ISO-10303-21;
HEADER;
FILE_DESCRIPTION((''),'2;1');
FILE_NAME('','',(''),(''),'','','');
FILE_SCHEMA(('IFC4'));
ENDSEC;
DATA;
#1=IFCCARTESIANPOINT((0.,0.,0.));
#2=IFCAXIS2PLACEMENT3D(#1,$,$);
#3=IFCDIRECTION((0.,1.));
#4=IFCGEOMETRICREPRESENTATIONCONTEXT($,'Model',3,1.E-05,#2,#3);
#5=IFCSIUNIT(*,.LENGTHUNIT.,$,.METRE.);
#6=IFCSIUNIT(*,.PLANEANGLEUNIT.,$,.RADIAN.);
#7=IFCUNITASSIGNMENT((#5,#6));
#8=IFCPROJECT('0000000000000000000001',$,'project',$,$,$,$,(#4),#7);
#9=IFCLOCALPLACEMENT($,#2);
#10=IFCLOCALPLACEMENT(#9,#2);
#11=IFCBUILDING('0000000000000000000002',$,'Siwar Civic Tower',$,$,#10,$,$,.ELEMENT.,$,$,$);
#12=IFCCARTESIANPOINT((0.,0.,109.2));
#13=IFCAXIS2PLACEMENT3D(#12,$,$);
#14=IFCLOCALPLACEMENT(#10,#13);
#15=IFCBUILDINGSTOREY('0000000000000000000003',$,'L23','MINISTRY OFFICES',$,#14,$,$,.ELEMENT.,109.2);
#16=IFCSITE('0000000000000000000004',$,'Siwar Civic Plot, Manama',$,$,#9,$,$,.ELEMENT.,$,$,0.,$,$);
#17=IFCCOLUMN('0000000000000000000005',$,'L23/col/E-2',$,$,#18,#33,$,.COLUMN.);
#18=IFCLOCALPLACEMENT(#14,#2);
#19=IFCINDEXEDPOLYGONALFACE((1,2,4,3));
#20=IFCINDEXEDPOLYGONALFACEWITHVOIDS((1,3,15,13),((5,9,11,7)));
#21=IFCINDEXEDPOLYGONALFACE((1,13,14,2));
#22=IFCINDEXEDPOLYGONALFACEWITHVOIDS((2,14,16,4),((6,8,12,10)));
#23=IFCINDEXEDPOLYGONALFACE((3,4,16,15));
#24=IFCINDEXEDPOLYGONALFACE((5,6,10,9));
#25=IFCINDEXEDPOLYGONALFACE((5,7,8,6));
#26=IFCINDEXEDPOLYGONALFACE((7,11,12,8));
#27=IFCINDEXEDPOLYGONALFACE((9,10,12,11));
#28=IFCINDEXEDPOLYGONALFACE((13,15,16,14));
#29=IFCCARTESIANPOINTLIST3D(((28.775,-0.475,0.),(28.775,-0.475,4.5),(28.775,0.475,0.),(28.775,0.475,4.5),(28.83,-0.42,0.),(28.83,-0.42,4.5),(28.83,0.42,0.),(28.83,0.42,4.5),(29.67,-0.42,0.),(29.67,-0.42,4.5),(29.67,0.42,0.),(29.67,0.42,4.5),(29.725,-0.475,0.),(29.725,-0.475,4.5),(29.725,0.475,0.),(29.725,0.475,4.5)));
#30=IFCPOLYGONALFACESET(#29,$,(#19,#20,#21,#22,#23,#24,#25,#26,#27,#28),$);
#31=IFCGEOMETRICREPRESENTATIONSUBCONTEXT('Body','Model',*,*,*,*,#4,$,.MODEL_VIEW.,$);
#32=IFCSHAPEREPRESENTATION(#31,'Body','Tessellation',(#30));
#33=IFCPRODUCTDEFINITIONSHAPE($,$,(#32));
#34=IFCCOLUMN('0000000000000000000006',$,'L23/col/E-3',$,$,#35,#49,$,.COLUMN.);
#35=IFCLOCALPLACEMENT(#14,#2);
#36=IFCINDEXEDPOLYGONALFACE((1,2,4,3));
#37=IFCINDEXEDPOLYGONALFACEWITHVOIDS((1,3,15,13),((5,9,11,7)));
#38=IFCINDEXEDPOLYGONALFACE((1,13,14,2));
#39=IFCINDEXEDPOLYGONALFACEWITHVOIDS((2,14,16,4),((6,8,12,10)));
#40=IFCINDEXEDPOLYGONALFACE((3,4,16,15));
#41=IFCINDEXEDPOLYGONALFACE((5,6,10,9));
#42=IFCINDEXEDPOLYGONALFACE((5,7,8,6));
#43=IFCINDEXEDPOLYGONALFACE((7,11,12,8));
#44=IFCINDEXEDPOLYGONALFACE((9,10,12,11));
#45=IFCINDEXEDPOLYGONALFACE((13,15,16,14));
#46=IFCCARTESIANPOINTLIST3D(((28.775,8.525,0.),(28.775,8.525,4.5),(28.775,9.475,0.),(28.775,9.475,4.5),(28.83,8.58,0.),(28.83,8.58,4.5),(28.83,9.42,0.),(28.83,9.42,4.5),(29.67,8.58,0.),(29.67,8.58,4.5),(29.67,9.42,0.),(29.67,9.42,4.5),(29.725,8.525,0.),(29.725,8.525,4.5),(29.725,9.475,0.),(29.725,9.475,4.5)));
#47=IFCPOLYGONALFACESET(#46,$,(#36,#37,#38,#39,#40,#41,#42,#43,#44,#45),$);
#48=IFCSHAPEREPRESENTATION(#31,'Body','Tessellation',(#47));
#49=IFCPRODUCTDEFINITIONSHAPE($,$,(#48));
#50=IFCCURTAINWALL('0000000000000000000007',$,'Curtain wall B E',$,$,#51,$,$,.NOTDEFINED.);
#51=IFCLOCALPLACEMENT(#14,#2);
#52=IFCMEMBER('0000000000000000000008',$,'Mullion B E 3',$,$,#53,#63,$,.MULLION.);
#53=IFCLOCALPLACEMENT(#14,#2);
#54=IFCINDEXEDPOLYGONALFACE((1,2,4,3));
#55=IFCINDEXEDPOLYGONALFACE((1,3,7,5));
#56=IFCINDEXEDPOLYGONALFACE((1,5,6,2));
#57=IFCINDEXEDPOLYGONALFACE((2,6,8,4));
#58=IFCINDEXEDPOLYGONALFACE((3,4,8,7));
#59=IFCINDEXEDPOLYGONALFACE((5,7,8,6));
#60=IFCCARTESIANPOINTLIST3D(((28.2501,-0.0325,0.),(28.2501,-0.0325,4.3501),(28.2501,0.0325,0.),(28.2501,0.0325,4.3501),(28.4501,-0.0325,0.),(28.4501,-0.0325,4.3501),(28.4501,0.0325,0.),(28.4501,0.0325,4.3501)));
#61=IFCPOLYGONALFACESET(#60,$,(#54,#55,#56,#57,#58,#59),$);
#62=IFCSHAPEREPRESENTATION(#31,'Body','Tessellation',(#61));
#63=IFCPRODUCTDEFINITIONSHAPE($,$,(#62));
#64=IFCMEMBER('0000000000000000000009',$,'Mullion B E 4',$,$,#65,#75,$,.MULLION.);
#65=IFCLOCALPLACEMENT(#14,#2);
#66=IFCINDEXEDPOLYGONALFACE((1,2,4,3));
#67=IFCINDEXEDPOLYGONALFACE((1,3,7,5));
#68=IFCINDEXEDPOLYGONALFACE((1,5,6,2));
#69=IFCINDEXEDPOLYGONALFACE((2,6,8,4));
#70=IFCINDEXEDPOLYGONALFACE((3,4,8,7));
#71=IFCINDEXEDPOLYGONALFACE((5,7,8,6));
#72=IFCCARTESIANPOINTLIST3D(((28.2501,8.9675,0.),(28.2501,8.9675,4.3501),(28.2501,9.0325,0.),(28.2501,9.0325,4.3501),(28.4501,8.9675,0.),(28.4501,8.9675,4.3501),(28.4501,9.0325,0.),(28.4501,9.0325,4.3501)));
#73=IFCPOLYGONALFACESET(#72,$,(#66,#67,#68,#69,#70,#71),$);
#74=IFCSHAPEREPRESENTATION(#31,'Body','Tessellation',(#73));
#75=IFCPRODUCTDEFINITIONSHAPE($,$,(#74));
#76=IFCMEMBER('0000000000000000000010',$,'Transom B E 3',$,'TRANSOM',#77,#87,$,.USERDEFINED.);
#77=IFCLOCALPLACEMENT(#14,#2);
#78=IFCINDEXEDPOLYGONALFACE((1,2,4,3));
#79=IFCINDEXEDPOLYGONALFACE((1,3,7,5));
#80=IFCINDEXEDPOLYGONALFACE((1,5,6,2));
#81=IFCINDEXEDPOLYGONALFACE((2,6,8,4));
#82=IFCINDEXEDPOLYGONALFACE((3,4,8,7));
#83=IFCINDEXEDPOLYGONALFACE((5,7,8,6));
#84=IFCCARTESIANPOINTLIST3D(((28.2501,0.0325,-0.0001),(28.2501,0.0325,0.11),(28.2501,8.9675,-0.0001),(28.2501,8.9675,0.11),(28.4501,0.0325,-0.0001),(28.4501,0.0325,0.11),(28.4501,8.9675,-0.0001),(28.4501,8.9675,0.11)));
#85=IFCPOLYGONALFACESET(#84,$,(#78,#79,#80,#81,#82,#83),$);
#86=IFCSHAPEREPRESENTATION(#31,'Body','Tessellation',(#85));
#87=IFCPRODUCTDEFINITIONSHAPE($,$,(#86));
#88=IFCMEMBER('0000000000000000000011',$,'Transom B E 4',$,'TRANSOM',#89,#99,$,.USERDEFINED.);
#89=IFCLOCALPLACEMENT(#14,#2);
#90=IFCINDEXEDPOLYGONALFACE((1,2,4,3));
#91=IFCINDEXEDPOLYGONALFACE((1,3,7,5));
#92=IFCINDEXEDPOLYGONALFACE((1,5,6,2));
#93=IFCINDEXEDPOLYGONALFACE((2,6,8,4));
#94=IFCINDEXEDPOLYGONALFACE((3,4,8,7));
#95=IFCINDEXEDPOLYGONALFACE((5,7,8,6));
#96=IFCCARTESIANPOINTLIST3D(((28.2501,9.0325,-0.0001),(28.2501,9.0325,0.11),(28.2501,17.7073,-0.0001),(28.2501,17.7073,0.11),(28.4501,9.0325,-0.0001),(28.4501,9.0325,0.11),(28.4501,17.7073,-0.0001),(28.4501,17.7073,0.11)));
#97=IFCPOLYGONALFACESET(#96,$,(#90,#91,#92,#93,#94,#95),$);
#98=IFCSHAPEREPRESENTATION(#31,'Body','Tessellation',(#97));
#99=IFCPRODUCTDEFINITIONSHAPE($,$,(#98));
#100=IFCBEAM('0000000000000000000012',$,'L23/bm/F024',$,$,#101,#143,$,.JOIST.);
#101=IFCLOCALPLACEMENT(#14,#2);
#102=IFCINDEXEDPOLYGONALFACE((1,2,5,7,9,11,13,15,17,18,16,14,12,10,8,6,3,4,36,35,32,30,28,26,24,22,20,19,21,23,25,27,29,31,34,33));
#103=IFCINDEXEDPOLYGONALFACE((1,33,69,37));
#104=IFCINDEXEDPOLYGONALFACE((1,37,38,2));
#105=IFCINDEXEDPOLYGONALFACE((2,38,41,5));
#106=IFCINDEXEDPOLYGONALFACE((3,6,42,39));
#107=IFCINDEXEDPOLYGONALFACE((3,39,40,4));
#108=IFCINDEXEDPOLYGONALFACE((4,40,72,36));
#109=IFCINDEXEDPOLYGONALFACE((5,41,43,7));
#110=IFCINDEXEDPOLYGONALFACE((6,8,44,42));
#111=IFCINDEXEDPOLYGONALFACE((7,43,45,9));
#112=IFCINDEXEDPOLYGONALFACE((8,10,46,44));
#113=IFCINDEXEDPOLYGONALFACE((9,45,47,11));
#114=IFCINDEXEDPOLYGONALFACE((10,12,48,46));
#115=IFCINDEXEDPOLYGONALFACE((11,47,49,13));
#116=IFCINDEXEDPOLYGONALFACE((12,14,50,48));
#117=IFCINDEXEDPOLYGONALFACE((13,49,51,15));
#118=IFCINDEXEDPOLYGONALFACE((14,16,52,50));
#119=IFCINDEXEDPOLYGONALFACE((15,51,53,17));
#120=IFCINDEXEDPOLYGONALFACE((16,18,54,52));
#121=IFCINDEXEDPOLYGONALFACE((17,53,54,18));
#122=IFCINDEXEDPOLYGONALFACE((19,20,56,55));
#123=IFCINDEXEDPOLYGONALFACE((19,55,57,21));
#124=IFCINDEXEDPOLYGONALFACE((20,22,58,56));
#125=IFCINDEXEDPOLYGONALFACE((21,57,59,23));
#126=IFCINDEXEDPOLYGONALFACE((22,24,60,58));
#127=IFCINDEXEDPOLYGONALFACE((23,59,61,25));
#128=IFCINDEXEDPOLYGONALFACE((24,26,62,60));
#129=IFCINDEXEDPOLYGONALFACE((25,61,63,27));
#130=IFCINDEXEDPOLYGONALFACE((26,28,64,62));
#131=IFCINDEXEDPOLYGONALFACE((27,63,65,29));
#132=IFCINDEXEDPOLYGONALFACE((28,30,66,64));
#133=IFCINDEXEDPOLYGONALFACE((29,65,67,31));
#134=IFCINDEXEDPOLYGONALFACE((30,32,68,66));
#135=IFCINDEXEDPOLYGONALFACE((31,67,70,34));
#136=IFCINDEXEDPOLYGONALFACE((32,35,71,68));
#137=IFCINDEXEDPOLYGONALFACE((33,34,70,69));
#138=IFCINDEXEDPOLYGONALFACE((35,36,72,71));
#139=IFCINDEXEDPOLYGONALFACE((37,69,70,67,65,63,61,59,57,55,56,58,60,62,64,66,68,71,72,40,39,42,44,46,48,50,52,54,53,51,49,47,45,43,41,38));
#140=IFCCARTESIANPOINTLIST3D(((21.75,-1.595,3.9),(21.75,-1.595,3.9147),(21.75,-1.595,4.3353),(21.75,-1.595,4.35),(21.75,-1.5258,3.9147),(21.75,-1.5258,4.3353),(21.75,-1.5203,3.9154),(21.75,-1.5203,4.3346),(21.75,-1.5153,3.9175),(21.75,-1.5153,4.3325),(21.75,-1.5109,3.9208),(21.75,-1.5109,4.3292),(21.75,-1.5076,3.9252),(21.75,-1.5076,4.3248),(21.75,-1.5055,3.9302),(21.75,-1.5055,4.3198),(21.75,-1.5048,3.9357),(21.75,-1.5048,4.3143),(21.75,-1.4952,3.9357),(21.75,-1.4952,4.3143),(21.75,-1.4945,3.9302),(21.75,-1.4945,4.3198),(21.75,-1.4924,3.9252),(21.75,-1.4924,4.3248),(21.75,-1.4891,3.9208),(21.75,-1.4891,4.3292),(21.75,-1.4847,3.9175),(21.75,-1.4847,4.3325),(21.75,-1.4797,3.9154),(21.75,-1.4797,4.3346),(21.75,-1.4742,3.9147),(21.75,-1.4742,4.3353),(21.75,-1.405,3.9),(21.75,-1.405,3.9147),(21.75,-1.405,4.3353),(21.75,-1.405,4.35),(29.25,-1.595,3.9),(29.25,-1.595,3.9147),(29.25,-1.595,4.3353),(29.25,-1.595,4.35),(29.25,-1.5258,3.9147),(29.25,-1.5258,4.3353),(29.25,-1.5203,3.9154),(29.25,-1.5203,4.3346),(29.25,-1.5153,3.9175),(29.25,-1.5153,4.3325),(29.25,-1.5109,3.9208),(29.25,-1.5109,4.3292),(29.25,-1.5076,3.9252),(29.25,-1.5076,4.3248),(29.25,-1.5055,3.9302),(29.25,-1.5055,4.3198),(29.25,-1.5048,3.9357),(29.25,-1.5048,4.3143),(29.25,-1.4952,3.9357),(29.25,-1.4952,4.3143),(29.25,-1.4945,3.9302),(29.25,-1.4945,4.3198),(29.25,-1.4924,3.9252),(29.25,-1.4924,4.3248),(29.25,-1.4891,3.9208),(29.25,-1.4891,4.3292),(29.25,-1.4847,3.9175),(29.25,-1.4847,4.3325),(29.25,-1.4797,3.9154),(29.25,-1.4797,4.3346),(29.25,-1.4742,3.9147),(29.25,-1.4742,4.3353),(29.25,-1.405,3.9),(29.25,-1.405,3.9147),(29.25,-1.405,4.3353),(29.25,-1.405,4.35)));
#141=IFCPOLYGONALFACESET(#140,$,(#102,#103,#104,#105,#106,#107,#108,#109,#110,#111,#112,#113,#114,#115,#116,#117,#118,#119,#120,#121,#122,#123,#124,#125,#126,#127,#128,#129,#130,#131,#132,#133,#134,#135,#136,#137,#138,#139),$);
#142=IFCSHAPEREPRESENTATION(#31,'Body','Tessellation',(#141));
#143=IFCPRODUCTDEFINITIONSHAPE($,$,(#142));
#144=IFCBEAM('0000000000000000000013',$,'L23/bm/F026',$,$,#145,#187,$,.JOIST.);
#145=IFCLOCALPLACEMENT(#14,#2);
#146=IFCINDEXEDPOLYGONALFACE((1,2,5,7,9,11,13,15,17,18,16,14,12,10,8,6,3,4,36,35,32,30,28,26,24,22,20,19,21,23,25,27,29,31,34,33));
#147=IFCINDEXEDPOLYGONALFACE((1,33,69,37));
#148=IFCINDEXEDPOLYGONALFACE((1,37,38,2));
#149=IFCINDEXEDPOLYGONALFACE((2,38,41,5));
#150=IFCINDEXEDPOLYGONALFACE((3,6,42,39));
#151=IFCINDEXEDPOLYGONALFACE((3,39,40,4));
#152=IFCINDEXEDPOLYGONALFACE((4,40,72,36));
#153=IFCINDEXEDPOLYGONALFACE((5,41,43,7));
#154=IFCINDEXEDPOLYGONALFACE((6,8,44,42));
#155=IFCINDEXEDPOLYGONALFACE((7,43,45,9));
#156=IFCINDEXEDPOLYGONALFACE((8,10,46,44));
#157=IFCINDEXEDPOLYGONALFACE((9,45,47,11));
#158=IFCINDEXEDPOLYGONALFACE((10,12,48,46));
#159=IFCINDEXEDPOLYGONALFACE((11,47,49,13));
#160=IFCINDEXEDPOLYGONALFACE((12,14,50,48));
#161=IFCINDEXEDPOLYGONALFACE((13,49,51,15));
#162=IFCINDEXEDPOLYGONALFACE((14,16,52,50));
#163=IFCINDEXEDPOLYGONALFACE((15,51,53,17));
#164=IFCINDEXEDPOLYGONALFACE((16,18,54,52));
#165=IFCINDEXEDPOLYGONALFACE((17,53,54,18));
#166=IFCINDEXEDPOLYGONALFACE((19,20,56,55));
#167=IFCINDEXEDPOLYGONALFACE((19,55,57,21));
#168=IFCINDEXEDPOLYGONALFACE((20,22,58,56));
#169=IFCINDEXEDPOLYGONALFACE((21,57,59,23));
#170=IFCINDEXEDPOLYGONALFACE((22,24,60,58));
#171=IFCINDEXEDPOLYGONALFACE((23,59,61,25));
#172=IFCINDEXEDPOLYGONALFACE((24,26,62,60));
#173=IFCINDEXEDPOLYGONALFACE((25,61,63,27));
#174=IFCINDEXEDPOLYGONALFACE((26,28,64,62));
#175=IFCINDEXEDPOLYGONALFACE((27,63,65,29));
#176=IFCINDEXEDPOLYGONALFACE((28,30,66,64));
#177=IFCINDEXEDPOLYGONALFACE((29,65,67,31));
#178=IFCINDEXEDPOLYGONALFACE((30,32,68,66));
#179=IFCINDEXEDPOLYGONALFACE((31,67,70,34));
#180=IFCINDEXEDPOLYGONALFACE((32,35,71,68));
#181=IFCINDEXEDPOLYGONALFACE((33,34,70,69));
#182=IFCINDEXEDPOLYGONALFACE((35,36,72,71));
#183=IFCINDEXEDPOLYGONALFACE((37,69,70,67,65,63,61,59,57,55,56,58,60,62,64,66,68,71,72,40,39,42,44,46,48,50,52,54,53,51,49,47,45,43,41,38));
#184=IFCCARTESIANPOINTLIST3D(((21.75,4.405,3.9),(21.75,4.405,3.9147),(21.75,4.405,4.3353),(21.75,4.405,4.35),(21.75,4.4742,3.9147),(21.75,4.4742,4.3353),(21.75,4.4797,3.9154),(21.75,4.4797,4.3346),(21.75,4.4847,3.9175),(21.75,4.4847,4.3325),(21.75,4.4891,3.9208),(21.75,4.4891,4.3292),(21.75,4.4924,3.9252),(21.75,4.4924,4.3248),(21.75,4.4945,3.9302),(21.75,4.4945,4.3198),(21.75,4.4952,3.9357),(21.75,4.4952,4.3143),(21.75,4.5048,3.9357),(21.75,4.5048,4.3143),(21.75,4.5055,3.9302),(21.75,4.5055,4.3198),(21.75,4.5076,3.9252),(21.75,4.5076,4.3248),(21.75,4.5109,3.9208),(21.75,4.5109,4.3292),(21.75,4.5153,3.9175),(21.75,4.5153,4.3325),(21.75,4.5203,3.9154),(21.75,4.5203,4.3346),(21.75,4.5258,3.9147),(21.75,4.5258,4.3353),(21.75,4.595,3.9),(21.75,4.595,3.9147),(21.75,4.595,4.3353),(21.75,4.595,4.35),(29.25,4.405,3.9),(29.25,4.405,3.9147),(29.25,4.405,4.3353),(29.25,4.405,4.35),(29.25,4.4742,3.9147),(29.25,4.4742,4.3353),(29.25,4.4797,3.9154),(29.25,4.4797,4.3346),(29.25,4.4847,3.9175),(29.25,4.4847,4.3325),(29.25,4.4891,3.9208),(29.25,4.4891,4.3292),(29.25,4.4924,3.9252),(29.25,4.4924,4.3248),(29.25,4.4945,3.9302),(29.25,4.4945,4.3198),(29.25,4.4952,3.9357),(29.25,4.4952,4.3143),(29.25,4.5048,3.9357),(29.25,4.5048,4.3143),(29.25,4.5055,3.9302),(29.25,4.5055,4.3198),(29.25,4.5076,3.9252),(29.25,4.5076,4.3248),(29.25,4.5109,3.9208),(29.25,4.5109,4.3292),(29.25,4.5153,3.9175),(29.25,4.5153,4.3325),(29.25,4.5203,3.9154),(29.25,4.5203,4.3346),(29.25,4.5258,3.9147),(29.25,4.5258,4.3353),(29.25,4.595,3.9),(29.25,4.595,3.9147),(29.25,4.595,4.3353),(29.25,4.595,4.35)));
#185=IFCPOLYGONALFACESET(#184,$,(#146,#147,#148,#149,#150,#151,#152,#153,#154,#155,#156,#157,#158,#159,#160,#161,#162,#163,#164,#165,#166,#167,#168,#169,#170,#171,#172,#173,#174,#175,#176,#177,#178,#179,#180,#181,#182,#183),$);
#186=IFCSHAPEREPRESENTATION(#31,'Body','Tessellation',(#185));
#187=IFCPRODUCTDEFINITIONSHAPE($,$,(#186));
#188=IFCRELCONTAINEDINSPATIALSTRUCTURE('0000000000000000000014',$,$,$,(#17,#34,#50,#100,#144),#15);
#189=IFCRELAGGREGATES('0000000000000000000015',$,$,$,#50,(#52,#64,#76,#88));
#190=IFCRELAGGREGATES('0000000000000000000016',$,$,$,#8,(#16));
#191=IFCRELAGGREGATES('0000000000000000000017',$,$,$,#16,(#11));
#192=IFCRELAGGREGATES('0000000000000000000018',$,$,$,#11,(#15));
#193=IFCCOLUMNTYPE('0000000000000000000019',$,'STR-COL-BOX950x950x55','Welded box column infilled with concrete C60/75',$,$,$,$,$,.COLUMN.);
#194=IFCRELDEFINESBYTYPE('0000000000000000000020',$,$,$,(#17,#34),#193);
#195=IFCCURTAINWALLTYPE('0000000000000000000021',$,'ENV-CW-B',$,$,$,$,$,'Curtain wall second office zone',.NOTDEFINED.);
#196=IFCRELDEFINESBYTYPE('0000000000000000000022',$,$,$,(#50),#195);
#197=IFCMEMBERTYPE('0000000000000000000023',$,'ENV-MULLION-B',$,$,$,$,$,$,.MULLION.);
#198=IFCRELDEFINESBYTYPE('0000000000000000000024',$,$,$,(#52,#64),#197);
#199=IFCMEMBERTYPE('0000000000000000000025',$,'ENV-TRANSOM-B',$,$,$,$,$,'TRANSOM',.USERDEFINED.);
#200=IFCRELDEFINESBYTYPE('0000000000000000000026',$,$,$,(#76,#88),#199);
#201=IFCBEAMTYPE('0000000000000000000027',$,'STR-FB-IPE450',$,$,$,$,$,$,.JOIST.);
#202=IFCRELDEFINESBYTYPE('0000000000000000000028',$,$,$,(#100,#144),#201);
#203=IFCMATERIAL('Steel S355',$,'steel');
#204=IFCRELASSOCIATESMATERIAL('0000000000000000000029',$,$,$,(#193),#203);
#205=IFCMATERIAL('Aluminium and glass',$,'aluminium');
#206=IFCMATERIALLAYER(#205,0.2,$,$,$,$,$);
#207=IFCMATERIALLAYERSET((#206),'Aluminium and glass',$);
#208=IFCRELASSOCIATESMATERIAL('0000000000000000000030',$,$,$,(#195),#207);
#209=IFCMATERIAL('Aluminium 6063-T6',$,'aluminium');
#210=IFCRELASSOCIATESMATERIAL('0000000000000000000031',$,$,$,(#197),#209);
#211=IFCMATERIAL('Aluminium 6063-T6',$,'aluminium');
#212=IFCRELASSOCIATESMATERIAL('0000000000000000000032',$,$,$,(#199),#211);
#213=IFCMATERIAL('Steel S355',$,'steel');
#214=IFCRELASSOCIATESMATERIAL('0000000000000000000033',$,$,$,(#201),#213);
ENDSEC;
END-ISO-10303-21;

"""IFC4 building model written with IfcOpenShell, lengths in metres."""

from ifc_helpers import new_model, si_unit, direction, frame, origin, origin_2d, place, context, subcontext, project, spatial, rectangle, hollow_rectangle, i_section, extrude, material, layer, layer_set, material_profile, profile_set, type_object, element, aggregate, save


model = new_model("IFC4")

# Units and contexts
model_context = context("Model", 3, precision=1e-05, world=origin(), true_north=direction((0.0, 1.0)))
body_context = subcontext(model_context, "Body", "Model", "MODEL_VIEW")
ifc_project = project(units=[si_unit("LENGTHUNIT", "METRE"), si_unit("PLANEANGLEUNIT", "RADIAN")], contexts=[model_context])

# Site, building, storey
site_placement = place(None, origin())
site = spatial("IfcSite", under=ifc_project, at=site_placement, Name="Siwar Civic Plot, Manama", CompositionType="ELEMENT", RefElevation=0.0)
building_placement = place(site_placement, origin())
building = spatial("IfcBuilding", under=site, at=building_placement, Name="Siwar Civic Tower", CompositionType="ELEMENT")
storey_placement = place(building_placement, frame((0.0, 0.0, 109.2)))
storey = spatial("IfcBuildingStorey", under=building, at=storey_placement, Name="L23", Description="MINISTRY OFFICES", CompositionType="ELEMENT", Elevation=109.2)

# Columns
ifc_material_1 = material(Name="Steel S355", Category="steel")
ifc_material_profile_1 = material_profile(ifc_material_1, hollow_rectangle(XDim=0.95, YDim=0.95, WallThickness=0.0549, at=origin_2d()), Name="BOX950x950x55")
ifc_profile_set_1 = profile_set([ifc_material_profile_1], Name="Steel S355")
column_type = type_object("IfcColumnType", Name="STR-COL-BOX950x950x55", Description="Welded box column infilled with concrete C60/75", PredefinedType="COLUMN", material=ifc_profile_set_1)
for number, where, z_axis, x_axis, name in (
    (1, (29.25, 0.0, 0.0), (0.0, 0.0, 1.0), (1.0, 0.0, 0.0), "L23/col/E-2"),
    (2, (29.25, 9.0, 0.0), (0.0, 0.0, 1.0), (1.0, 0.0, 0.0), "L23/col/E-3"),
):
    element("IfcColumn", number, at=place(storey_placement, frame(where, z_axis=z_axis, x_axis=x_axis)), inside=storey, type_object=column_type, Name=name, PredefinedType="COLUMN", context=body_context, shape_type="SweptSolid", body=[
        extrude(hollow_rectangle(XDim=0.95, YDim=0.95, WallThickness=0.0549, at=origin_2d()), origin(), (0.0, 0.0, 1.0), 4.5),
    ])

# Curtain wall, members
ifc_material_2 = material(Name="Aluminium and glass", Category="aluminium")
ifc_layer_1 = layer(ifc_material_2, 0.2)
ifc_layer_set_1 = layer_set([ifc_layer_1], Name="Aluminium and glass")
curtain_wall_type = type_object("IfcCurtainWallType", Name="ENV-CW-B", ElementType="Curtain wall second office zone", PredefinedType="NOTDEFINED", material=ifc_layer_set_1)
curtain_wall_placement = place(storey_placement, origin())
curtain_wall = element("IfcCurtainWall", 3, at=curtain_wall_placement, inside=storey, type_object=curtain_wall_type, Name="Curtain wall B E", PredefinedType="NOTDEFINED")
ifc_material_3 = material(Name="Aluminium 6063-T6", Category="aluminium")
ifc_material_profile_2 = material_profile(ifc_material_3, rectangle(XDim=0.2, YDim=0.0649, at=origin_2d()), Name="AL 200x65")
ifc_profile_set_2 = profile_set([ifc_material_profile_2], Name="Aluminium 6063-T6")
member_type_1 = type_object("IfcMemberType", Name="ENV-MULLION-B", PredefinedType="MULLION", material=ifc_profile_set_2)
member_1_placement = place(storey_placement, frame((28.3501, 0.0, 0.0), z_axis=(0.0, 0.0, 1.0), x_axis=(-1.0, 0.0, 0.0)))
member_1 = element("IfcMember", 4, at=member_1_placement, type_object=member_type_1, Name="Mullion B E 3", PredefinedType="MULLION", context=body_context, shape_type="SweptSolid", body=[
    extrude(rectangle(XDim=0.2, YDim=0.0649, at=origin_2d()), origin(), (0.0, 0.0, 1.0), 4.3501),
])
member_2_placement = place(storey_placement, frame((28.3501, 9.0, 0.0), z_axis=(0.0, 0.0, 1.0), x_axis=(-1.0, 0.0, 0.0)))
member_2 = element("IfcMember", 5, at=member_2_placement, type_object=member_type_1, Name="Mullion B E 4", PredefinedType="MULLION", context=body_context, shape_type="SweptSolid", body=[
    extrude(rectangle(XDim=0.2, YDim=0.0649, at=origin_2d()), origin(), (0.0, 0.0, 1.0), 4.3501),
])
ifc_material_4 = material(Name="Aluminium 6063-T6", Category="aluminium")
ifc_material_profile_3 = material_profile(ifc_material_4, rectangle(XDim=0.2, YDim=0.1101, at=origin_2d()), Name="AL 200x110")
ifc_profile_set_3 = profile_set([ifc_material_profile_3], Name="Aluminium 6063-T6")
member_type_2 = type_object("IfcMemberType", Name="ENV-TRANSOM-B", ElementType="TRANSOM", PredefinedType="USERDEFINED", material=ifc_profile_set_3)
member_3_placement = place(storey_placement, frame((28.3501, 0.0325, 0.0549), z_axis=(0.0, 1.0, 0.0), x_axis=(-1.0, 0.0, 0.0)))
member_3 = element("IfcMember", 6, at=member_3_placement, type_object=member_type_2, Name="Transom B E 3", ObjectType="TRANSOM", PredefinedType="USERDEFINED", context=body_context, shape_type="SweptSolid", body=[
    extrude(rectangle(XDim=0.2, YDim=0.1101, at=origin_2d()), origin(), (0.0, 0.0, 1.0), 8.9351),
])
member_4_placement = place(storey_placement, frame((28.3501, 9.0325, 0.0549), z_axis=(0.0, 1.0, 0.0), x_axis=(-1.0, 0.0, 0.0)))
member_4 = element("IfcMember", 7, at=member_4_placement, type_object=member_type_2, Name="Transom B E 4", ObjectType="TRANSOM", PredefinedType="USERDEFINED", context=body_context, shape_type="SweptSolid", body=[
    extrude(rectangle(XDim=0.2, YDim=0.1101, at=origin_2d()), origin(), (0.0, 0.0, 1.0), 8.6748),
])

# Beams
ifc_material_5 = material(Name="Steel S355", Category="steel")
ifc_material_profile_4 = material_profile(ifc_material_5, i_section(OverallWidth=0.1899, OverallDepth=0.45, WebThickness=0.0095, FlangeThickness=0.0146, FilletRadius=0.021, at=origin_2d()), Name="IPE450")
ifc_profile_set_4 = profile_set([ifc_material_profile_4], Name="Steel S355")
beam_type_1 = type_object("IfcBeamType", Name="STR-FB-IPE450", PredefinedType="JOIST", material=ifc_profile_set_4)
for number, where, z_axis, x_axis, name in (
    (8, (21.75, -1.5, 4.125), (1.0, 0.0, 0.0), (0.0, 1.0, 0.0), "L23/bm/F024"),
    (9, (21.75, 4.5, 4.125), (1.0, 0.0, 0.0), (0.0, 1.0, 0.0), "L23/bm/F026"),
):
    element("IfcBeam", number, at=place(storey_placement, frame(where, z_axis=z_axis, x_axis=x_axis)), inside=storey, type_object=beam_type_1, Name=name, PredefinedType="JOIST", context=body_context, shape_type="SweptSolid", body=[
        extrude(i_section(OverallWidth=0.1899, OverallDepth=0.45, WebThickness=0.0095, FlangeThickness=0.0146, FilletRadius=0.021, at=origin_2d()), origin(), (0.0, 0.0, 1.0), 7.5),
    ])

aggregate(curtain_wall, [member_1, member_2, member_3, member_4])

save(model, "model.ifc")
